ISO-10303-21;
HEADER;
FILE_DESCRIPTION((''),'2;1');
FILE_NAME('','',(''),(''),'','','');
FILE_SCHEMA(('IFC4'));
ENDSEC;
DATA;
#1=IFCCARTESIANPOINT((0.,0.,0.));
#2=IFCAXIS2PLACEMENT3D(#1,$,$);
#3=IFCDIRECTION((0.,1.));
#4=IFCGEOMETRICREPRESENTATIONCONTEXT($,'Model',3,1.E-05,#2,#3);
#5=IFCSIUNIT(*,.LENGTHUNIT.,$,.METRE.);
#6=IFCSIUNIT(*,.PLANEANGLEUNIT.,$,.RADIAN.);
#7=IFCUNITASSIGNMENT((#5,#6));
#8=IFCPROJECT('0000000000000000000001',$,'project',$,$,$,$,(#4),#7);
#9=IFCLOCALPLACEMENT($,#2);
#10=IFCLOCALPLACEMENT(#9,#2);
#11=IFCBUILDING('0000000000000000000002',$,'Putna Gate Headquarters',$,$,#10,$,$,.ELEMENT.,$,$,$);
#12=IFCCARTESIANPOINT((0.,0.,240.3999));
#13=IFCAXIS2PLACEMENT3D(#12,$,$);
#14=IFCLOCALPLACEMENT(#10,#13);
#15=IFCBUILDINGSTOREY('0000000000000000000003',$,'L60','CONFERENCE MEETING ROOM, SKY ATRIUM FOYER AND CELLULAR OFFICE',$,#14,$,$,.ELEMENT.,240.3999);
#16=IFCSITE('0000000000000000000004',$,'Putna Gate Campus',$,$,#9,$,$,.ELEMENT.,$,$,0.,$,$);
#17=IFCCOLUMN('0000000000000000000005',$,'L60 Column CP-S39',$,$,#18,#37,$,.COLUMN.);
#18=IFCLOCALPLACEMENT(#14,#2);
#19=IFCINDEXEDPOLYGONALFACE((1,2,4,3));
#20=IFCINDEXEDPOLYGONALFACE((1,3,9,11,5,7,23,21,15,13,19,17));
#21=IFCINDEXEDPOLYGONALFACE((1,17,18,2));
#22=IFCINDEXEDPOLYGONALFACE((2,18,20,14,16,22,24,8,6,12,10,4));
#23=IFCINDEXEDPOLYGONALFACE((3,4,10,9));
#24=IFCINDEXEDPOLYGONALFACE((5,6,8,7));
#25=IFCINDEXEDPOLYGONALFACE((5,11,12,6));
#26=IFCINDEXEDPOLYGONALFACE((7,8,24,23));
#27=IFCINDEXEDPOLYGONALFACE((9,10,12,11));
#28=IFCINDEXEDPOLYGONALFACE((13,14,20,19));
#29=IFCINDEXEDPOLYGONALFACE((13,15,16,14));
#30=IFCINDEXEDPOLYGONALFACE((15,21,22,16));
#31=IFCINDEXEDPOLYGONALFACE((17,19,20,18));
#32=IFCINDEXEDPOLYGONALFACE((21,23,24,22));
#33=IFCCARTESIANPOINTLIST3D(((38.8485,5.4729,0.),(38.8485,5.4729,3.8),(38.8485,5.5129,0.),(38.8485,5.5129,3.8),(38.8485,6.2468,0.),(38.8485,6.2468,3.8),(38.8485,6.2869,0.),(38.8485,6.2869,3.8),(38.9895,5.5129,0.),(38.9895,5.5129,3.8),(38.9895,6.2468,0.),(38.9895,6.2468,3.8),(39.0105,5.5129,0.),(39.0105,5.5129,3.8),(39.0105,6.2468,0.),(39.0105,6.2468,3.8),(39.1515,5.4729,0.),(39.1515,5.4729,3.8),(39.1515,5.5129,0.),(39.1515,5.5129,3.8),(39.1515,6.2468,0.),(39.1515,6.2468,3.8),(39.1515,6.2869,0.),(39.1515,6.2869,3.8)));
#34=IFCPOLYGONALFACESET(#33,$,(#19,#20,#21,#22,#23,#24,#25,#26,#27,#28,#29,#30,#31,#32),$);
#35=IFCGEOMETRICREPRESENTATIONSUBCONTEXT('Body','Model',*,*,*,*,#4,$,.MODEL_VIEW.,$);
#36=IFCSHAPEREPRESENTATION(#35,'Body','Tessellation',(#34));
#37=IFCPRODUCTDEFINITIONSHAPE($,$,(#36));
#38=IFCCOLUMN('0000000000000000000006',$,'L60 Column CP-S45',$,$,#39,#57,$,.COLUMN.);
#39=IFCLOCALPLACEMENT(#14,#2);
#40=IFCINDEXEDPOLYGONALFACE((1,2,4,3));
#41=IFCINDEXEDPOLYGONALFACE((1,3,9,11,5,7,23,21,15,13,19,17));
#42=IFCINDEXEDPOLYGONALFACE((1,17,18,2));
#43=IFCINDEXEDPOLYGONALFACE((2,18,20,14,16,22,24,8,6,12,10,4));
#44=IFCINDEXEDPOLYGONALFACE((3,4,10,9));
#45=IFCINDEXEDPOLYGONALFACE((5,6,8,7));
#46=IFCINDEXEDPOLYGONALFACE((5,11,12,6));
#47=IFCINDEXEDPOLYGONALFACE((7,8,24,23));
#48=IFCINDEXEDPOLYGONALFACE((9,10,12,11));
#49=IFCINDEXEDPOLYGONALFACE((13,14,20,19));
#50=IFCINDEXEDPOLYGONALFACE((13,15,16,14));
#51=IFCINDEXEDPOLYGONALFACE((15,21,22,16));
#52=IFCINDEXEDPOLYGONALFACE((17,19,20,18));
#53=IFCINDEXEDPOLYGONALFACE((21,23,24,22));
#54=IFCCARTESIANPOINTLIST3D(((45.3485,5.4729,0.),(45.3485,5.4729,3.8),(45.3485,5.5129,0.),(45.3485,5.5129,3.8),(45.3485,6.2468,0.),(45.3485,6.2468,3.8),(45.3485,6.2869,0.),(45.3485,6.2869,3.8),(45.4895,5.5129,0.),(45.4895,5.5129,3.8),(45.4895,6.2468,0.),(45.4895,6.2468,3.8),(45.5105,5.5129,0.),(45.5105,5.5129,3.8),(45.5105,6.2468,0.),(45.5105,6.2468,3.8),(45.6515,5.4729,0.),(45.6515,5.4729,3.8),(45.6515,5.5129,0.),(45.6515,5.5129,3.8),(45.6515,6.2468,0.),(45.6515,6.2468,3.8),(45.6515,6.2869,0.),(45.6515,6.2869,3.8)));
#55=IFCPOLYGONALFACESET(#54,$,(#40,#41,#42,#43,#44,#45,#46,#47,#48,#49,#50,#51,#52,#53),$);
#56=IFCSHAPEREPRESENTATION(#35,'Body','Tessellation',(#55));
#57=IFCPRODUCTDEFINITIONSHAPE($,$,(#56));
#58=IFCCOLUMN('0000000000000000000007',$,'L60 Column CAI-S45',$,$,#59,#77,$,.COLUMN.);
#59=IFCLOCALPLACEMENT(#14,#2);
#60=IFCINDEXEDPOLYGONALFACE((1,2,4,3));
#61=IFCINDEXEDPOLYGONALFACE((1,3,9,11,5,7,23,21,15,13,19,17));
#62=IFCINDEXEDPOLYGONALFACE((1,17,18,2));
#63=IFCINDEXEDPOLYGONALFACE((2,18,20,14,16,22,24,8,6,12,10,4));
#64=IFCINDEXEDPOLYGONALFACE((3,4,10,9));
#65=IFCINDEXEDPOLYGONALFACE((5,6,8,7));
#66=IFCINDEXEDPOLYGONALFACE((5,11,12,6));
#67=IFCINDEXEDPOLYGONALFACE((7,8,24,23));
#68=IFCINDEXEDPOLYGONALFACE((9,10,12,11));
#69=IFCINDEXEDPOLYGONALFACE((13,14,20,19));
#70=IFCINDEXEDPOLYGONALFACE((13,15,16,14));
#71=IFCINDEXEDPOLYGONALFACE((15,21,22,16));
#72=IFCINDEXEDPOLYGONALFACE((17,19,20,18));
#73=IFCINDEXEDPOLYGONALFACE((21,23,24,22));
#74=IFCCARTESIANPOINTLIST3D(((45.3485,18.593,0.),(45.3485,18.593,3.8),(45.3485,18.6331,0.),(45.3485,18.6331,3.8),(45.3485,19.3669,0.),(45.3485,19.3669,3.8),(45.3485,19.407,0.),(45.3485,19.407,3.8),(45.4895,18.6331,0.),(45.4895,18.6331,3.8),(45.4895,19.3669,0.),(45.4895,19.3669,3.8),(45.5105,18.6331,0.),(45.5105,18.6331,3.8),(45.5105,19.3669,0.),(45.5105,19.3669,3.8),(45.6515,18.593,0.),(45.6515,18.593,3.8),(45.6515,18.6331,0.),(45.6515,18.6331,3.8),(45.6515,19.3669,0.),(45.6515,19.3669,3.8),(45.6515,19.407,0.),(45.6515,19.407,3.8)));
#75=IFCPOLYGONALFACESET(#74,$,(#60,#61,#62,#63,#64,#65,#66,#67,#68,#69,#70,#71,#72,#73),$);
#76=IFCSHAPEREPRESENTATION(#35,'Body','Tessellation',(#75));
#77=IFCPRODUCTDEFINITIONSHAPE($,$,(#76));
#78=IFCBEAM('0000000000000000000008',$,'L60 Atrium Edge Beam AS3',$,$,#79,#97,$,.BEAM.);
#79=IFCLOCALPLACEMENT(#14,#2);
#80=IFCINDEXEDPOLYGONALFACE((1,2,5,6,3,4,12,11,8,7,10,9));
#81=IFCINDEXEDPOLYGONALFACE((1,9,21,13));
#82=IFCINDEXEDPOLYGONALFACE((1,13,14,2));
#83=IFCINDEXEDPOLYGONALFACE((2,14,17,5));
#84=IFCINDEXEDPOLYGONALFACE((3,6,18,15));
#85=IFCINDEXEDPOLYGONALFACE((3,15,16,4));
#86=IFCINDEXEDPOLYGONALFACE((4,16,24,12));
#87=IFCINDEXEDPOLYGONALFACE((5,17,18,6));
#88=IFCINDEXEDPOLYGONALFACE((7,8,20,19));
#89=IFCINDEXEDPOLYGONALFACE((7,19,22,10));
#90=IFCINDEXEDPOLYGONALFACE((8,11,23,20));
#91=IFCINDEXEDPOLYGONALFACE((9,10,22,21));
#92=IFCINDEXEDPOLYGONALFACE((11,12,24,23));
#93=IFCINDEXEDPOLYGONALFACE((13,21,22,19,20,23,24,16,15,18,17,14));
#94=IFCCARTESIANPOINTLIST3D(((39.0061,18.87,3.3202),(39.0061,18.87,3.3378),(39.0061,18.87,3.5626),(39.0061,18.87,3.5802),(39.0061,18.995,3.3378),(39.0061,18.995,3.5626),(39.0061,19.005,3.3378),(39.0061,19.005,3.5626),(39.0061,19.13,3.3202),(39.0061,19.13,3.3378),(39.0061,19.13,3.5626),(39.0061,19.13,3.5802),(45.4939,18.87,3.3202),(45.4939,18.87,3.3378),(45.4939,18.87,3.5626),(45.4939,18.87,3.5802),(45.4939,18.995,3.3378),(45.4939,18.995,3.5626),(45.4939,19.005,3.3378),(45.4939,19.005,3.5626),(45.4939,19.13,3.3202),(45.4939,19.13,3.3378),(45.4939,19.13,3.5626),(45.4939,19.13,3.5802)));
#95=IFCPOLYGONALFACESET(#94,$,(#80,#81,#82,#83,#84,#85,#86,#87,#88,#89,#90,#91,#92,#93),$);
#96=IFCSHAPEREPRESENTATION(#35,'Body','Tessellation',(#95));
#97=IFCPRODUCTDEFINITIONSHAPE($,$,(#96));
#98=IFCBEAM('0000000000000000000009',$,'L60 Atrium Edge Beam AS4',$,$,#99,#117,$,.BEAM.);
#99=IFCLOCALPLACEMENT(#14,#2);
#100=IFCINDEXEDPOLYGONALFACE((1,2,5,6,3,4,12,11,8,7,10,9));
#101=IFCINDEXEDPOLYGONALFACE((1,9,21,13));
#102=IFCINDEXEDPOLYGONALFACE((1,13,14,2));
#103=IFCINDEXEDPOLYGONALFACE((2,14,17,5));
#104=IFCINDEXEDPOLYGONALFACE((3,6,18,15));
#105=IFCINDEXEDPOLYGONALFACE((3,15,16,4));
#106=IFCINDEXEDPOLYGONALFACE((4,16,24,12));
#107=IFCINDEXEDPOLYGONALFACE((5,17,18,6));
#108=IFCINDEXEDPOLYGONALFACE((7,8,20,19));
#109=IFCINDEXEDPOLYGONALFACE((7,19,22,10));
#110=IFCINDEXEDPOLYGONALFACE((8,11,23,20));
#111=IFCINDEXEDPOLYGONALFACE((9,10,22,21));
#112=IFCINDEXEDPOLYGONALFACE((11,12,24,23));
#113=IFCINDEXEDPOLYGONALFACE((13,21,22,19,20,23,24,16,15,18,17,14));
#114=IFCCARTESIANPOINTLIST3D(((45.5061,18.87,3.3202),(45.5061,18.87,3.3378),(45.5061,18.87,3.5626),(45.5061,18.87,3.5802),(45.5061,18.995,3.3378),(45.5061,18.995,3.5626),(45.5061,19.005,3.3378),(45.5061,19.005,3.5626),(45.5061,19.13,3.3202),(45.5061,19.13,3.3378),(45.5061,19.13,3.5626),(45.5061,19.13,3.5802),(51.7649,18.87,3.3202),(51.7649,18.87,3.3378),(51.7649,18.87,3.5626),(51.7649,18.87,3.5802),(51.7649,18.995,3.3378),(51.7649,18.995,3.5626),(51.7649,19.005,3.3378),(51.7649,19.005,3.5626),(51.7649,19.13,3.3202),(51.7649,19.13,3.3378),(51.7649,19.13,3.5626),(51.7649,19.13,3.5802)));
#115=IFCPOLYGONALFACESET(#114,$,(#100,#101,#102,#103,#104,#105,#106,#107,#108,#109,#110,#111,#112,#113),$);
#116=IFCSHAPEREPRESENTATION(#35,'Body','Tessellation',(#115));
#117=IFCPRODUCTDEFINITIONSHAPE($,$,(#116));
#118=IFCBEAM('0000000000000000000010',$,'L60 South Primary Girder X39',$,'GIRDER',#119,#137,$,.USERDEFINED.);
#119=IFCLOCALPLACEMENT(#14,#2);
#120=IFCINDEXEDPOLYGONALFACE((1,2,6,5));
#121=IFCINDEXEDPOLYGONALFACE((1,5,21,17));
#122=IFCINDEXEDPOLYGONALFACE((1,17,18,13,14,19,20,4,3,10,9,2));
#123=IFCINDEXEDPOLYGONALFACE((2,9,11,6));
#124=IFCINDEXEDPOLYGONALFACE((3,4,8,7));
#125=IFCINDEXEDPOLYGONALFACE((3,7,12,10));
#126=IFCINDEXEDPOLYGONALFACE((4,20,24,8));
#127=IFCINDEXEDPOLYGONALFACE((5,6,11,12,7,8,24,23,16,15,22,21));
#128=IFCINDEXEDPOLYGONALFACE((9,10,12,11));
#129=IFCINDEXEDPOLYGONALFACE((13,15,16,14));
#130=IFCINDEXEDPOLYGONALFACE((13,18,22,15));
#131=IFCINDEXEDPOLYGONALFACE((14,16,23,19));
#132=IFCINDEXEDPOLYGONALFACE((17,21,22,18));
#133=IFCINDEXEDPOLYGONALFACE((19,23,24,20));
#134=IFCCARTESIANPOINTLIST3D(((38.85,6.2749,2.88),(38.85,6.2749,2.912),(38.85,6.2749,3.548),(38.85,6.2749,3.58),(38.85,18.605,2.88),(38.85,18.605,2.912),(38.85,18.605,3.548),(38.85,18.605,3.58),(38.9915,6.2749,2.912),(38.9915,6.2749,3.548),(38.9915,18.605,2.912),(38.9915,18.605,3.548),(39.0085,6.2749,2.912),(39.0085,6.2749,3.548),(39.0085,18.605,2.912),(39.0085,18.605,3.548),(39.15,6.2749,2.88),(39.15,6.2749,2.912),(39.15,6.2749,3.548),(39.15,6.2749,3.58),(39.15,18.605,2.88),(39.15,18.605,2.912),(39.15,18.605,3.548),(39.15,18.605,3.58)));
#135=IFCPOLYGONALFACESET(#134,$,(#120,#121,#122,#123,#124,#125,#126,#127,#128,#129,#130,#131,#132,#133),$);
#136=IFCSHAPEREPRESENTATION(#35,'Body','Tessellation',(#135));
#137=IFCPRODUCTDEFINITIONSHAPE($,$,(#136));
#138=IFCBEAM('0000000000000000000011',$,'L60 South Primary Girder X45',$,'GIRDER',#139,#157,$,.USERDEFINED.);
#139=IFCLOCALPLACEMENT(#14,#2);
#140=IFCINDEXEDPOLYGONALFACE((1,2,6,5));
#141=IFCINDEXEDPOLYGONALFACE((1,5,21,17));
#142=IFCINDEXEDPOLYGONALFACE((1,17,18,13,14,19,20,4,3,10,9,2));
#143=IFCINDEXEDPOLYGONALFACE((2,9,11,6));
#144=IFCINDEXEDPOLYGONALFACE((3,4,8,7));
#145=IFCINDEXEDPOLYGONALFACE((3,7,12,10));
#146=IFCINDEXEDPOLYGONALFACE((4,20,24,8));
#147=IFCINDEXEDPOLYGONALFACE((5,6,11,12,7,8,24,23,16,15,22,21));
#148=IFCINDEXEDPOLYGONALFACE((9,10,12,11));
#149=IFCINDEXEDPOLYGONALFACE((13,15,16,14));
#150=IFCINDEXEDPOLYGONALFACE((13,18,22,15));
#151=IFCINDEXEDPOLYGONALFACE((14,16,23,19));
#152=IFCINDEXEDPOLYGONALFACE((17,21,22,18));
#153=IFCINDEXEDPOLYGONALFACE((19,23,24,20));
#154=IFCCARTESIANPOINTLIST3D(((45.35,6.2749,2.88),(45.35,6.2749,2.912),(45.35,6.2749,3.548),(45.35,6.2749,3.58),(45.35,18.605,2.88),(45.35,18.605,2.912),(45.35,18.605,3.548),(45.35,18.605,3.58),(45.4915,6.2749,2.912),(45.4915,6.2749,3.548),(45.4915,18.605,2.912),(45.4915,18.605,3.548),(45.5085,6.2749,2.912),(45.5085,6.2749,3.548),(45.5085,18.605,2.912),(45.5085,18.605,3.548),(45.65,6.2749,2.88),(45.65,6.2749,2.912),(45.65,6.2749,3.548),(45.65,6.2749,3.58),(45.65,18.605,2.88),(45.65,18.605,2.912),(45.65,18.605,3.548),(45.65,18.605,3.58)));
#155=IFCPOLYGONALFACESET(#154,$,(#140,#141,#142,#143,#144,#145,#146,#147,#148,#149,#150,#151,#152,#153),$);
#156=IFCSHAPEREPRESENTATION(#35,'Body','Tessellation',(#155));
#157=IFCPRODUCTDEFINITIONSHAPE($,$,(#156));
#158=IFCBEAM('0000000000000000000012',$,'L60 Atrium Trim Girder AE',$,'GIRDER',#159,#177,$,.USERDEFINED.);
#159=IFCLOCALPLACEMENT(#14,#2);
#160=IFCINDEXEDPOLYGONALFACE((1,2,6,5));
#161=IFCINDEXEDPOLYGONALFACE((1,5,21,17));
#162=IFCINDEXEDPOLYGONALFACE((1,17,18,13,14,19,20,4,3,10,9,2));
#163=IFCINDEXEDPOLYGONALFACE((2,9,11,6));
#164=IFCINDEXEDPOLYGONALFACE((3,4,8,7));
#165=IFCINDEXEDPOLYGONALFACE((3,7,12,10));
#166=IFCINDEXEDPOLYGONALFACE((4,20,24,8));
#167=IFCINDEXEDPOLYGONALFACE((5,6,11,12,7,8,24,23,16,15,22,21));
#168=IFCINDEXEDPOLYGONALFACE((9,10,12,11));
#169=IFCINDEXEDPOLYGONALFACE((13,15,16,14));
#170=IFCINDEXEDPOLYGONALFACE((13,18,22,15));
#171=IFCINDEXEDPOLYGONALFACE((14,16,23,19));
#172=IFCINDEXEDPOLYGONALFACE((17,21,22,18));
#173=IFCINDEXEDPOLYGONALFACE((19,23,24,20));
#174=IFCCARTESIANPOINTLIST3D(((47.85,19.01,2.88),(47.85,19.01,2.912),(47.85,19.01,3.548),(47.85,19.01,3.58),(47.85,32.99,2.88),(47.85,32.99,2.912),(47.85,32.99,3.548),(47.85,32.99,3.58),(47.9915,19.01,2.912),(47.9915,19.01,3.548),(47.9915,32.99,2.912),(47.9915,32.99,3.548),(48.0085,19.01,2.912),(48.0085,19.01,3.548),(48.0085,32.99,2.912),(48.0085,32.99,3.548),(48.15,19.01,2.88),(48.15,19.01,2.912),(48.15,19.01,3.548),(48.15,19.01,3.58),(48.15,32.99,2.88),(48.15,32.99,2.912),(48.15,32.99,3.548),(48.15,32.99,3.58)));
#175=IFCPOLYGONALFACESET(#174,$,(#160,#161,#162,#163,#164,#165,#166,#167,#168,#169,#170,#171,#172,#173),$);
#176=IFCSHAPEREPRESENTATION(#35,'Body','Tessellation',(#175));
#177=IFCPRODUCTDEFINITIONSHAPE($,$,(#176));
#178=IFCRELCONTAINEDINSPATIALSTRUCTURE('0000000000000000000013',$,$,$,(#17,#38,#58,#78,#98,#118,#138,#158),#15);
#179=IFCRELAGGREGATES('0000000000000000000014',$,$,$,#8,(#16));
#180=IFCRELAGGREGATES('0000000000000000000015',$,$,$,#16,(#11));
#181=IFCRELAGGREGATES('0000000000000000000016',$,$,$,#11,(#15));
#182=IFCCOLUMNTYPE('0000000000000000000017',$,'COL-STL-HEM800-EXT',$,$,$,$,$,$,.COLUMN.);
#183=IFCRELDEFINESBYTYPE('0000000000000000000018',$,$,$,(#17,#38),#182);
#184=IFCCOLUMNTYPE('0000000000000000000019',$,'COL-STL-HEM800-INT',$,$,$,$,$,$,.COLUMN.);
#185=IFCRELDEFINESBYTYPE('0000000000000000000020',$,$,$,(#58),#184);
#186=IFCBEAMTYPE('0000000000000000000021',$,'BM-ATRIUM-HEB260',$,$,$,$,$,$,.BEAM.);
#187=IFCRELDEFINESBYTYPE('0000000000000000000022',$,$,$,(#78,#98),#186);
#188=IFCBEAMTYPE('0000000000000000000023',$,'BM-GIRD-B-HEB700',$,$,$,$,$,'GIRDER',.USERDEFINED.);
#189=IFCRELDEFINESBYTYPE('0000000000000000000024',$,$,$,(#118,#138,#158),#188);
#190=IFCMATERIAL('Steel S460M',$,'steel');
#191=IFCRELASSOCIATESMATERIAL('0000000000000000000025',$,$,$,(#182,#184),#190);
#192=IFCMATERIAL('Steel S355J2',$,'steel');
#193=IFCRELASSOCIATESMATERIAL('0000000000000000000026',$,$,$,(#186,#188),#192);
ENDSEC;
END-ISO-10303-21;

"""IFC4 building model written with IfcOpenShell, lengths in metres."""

from ifc_helpers import new_model, si_unit, direction, frame, origin, origin_2d, place, context, subcontext, project, spatial, i_section, extrude, material, material_profile, profile_set, type_object, element, save


model = new_model("IFC4")

# Units and contexts
model_context = context("Model", 3, precision=1e-05, world=origin(), true_north=direction((0.0, 1.0)))
body_context = subcontext(model_context, "Body", "Model", "MODEL_VIEW")
ifc_project = project(units=[si_unit("LENGTHUNIT", "METRE"), si_unit("PLANEANGLEUNIT", "RADIAN")], contexts=[model_context])

# Site, building, storey
site_placement = place(None, origin())
site = spatial("IfcSite", under=ifc_project, at=site_placement, Name="Putna Gate Campus", CompositionType="ELEMENT", RefElevation=0.0)
building_placement = place(site_placement, origin())
building = spatial("IfcBuilding", under=site, at=building_placement, Name="Putna Gate Headquarters", CompositionType="ELEMENT")
storey_placement = place(building_placement, frame((0.0, 0.0, 240.3999)))
storey = spatial("IfcBuildingStorey", under=building, at=storey_placement, Name="L60", Description="CONFERENCE MEETING ROOM, SKY ATRIUM FOYER AND CELLULAR OFFICE", CompositionType="ELEMENT", Elevation=240.3999)

# Columns
ifc_material_1 = material(Name="Steel S460M", Category="steel")
ifc_material_profile_1 = material_profile(ifc_material_1, i_section(OverallWidth=0.303, OverallDepth=0.814, WebThickness=0.021, FlangeThickness=0.04, at=origin_2d()), Name="Steel S460M")
ifc_profile_set_1 = profile_set([ifc_material_profile_1], Name="Steel S460M")
column_type_1 = type_object("IfcColumnType", Name="COL-STL-HEM800-EXT", PredefinedType="COLUMN", material=ifc_profile_set_1)
for number, where, z_axis, x_axis, name in (
    (1, (39.0, 5.8799, 0.0), (0.0, 0.0, 1.0), (1.0, 0.0, 0.0), "L60 Column CP-S39"),
    (2, (45.5, 5.8799, 0.0), (0.0, 0.0, 1.0), (1.0, 0.0, 0.0), "L60 Column CP-S45"),
):
    element("IfcColumn", number, at=place(storey_placement, frame(where, z_axis=z_axis, x_axis=x_axis)), inside=storey, type_object=column_type_1, Name=name, PredefinedType="COLUMN", context=body_context, shape_type="SweptSolid", body=[
        extrude(i_section(OverallWidth=0.303, OverallDepth=0.814, WebThickness=0.021, FlangeThickness=0.04, at=origin_2d()), origin(), (0.0, 0.0, 1.0), 3.8),
    ])
ifc_material_profile_2 = material_profile(ifc_material_1, i_section(OverallWidth=0.303, OverallDepth=0.814, WebThickness=0.021, FlangeThickness=0.04, at=origin_2d()), Name="Steel S460M")
ifc_profile_set_2 = profile_set([ifc_material_profile_2], Name="Steel S460M")
column_type_2 = type_object("IfcColumnType", Name="COL-STL-HEM800-INT", PredefinedType="COLUMN", material=ifc_profile_set_2)
column_placement = place(storey_placement, frame((45.5, 19.0, 0.0), z_axis=(0.0, 0.0, 1.0), x_axis=(1.0, 0.0, 0.0)))
element("IfcColumn", 3, at=column_placement, inside=storey, type_object=column_type_2, Name="L60 Column CAI-S45", PredefinedType="COLUMN", context=body_context, shape_type="SweptSolid", body=[
    extrude(i_section(OverallWidth=0.303, OverallDepth=0.814, WebThickness=0.021, FlangeThickness=0.04, at=origin_2d()), origin(), (0.0, 0.0, 1.0), 3.8),
])

# Beams
ifc_material_2 = material(Name="Steel S355J2", Category="steel")
ifc_material_profile_3 = material_profile(ifc_material_2, i_section(OverallWidth=0.26, OverallDepth=0.26, WebThickness=0.01, FlangeThickness=0.0176, at=origin_2d()), Name="Steel S355J2")
ifc_profile_set_3 = profile_set([ifc_material_profile_3], Name="Steel S355J2")
beam_type_1 = type_object("IfcBeamType", Name="BM-ATRIUM-HEB260", PredefinedType="BEAM", material=ifc_profile_set_3)
beam_1_placement = place(storey_placement, frame((39.0061, 19.0, 3.4502), z_axis=(1.0, 0.0, 0.0), x_axis=(0.0, 1.0, 0.0)))
element("IfcBeam", 4, at=beam_1_placement, inside=storey, type_object=beam_type_1, Name="L60 Atrium Edge Beam AS3", PredefinedType="BEAM", context=body_context, shape_type="SweptSolid", body=[
    extrude(i_section(OverallWidth=0.26, OverallDepth=0.26, WebThickness=0.01, FlangeThickness=0.0176, at=origin_2d()), origin(), (0.0, 0.0, 1.0), 6.4878),
])
beam_2_placement = place(storey_placement, frame((45.5061, 19.0, 3.4502), z_axis=(1.0, 0.0, 0.0), x_axis=(0.0, 1.0, 0.0)))
element("IfcBeam", 5, at=beam_2_placement, inside=storey, type_object=beam_type_1, Name="L60 Atrium Edge Beam AS4", PredefinedType="BEAM", context=body_context, shape_type="SweptSolid", body=[
    extrude(i_section(OverallWidth=0.26, OverallDepth=0.26, WebThickness=0.01, FlangeThickness=0.0176, at=origin_2d()), origin(), (0.0, 0.0, 1.0), 6.2588),
])
ifc_material_profile_4 = material_profile(ifc_material_2, i_section(OverallWidth=0.3, OverallDepth=0.7, WebThickness=0.0171, FlangeThickness=0.032, at=origin_2d()), Name="Steel S355J2")
ifc_profile_set_4 = profile_set([ifc_material_profile_4], Name="Steel S355J2")
beam_type_2 = type_object("IfcBeamType", Name="BM-GIRD-B-HEB700", ElementType="GIRDER", PredefinedType="USERDEFINED", material=ifc_profile_set_4)
for number, where, z_axis, x_axis, name in (
    (6, (39.0, 6.2749, 3.23), (0.0, 1.0, 0.0), (-1.0, 0.0, 0.0), "L60 South Primary Girder X39"),
    (7, (45.5, 6.2749, 3.23), (0.0, 1.0, 0.0), (-1.0, 0.0, 0.0), "L60 South Primary Girder X45"),
):
    element("IfcBeam", number, at=place(storey_placement, frame(where, z_axis=z_axis, x_axis=x_axis)), inside=storey, type_object=beam_type_2, Name=name, ObjectType="GIRDER", PredefinedType="USERDEFINED", context=body_context, shape_type="SweptSolid", body=[
        extrude(i_section(OverallWidth=0.3, OverallDepth=0.7, WebThickness=0.0171, FlangeThickness=0.032, at=origin_2d()), origin(), (0.0, 0.0, 1.0), 12.3301),
    ])
beam_3_placement = place(storey_placement, frame((48.0, 19.01, 3.23), z_axis=(0.0, 1.0, 0.0), x_axis=(-1.0, 0.0, 0.0)))
element("IfcBeam", 8, at=beam_3_placement, inside=storey, type_object=beam_type_2, Name="L60 Atrium Trim Girder AE", ObjectType="GIRDER", PredefinedType="USERDEFINED", context=body_context, shape_type="SweptSolid", body=[
    extrude(i_section(OverallWidth=0.3, OverallDepth=0.7, WebThickness=0.0171, FlangeThickness=0.032, at=origin_2d()), origin(), (0.0, 0.0, 1.0), 13.98),
])

save(model, "model.ifc")
